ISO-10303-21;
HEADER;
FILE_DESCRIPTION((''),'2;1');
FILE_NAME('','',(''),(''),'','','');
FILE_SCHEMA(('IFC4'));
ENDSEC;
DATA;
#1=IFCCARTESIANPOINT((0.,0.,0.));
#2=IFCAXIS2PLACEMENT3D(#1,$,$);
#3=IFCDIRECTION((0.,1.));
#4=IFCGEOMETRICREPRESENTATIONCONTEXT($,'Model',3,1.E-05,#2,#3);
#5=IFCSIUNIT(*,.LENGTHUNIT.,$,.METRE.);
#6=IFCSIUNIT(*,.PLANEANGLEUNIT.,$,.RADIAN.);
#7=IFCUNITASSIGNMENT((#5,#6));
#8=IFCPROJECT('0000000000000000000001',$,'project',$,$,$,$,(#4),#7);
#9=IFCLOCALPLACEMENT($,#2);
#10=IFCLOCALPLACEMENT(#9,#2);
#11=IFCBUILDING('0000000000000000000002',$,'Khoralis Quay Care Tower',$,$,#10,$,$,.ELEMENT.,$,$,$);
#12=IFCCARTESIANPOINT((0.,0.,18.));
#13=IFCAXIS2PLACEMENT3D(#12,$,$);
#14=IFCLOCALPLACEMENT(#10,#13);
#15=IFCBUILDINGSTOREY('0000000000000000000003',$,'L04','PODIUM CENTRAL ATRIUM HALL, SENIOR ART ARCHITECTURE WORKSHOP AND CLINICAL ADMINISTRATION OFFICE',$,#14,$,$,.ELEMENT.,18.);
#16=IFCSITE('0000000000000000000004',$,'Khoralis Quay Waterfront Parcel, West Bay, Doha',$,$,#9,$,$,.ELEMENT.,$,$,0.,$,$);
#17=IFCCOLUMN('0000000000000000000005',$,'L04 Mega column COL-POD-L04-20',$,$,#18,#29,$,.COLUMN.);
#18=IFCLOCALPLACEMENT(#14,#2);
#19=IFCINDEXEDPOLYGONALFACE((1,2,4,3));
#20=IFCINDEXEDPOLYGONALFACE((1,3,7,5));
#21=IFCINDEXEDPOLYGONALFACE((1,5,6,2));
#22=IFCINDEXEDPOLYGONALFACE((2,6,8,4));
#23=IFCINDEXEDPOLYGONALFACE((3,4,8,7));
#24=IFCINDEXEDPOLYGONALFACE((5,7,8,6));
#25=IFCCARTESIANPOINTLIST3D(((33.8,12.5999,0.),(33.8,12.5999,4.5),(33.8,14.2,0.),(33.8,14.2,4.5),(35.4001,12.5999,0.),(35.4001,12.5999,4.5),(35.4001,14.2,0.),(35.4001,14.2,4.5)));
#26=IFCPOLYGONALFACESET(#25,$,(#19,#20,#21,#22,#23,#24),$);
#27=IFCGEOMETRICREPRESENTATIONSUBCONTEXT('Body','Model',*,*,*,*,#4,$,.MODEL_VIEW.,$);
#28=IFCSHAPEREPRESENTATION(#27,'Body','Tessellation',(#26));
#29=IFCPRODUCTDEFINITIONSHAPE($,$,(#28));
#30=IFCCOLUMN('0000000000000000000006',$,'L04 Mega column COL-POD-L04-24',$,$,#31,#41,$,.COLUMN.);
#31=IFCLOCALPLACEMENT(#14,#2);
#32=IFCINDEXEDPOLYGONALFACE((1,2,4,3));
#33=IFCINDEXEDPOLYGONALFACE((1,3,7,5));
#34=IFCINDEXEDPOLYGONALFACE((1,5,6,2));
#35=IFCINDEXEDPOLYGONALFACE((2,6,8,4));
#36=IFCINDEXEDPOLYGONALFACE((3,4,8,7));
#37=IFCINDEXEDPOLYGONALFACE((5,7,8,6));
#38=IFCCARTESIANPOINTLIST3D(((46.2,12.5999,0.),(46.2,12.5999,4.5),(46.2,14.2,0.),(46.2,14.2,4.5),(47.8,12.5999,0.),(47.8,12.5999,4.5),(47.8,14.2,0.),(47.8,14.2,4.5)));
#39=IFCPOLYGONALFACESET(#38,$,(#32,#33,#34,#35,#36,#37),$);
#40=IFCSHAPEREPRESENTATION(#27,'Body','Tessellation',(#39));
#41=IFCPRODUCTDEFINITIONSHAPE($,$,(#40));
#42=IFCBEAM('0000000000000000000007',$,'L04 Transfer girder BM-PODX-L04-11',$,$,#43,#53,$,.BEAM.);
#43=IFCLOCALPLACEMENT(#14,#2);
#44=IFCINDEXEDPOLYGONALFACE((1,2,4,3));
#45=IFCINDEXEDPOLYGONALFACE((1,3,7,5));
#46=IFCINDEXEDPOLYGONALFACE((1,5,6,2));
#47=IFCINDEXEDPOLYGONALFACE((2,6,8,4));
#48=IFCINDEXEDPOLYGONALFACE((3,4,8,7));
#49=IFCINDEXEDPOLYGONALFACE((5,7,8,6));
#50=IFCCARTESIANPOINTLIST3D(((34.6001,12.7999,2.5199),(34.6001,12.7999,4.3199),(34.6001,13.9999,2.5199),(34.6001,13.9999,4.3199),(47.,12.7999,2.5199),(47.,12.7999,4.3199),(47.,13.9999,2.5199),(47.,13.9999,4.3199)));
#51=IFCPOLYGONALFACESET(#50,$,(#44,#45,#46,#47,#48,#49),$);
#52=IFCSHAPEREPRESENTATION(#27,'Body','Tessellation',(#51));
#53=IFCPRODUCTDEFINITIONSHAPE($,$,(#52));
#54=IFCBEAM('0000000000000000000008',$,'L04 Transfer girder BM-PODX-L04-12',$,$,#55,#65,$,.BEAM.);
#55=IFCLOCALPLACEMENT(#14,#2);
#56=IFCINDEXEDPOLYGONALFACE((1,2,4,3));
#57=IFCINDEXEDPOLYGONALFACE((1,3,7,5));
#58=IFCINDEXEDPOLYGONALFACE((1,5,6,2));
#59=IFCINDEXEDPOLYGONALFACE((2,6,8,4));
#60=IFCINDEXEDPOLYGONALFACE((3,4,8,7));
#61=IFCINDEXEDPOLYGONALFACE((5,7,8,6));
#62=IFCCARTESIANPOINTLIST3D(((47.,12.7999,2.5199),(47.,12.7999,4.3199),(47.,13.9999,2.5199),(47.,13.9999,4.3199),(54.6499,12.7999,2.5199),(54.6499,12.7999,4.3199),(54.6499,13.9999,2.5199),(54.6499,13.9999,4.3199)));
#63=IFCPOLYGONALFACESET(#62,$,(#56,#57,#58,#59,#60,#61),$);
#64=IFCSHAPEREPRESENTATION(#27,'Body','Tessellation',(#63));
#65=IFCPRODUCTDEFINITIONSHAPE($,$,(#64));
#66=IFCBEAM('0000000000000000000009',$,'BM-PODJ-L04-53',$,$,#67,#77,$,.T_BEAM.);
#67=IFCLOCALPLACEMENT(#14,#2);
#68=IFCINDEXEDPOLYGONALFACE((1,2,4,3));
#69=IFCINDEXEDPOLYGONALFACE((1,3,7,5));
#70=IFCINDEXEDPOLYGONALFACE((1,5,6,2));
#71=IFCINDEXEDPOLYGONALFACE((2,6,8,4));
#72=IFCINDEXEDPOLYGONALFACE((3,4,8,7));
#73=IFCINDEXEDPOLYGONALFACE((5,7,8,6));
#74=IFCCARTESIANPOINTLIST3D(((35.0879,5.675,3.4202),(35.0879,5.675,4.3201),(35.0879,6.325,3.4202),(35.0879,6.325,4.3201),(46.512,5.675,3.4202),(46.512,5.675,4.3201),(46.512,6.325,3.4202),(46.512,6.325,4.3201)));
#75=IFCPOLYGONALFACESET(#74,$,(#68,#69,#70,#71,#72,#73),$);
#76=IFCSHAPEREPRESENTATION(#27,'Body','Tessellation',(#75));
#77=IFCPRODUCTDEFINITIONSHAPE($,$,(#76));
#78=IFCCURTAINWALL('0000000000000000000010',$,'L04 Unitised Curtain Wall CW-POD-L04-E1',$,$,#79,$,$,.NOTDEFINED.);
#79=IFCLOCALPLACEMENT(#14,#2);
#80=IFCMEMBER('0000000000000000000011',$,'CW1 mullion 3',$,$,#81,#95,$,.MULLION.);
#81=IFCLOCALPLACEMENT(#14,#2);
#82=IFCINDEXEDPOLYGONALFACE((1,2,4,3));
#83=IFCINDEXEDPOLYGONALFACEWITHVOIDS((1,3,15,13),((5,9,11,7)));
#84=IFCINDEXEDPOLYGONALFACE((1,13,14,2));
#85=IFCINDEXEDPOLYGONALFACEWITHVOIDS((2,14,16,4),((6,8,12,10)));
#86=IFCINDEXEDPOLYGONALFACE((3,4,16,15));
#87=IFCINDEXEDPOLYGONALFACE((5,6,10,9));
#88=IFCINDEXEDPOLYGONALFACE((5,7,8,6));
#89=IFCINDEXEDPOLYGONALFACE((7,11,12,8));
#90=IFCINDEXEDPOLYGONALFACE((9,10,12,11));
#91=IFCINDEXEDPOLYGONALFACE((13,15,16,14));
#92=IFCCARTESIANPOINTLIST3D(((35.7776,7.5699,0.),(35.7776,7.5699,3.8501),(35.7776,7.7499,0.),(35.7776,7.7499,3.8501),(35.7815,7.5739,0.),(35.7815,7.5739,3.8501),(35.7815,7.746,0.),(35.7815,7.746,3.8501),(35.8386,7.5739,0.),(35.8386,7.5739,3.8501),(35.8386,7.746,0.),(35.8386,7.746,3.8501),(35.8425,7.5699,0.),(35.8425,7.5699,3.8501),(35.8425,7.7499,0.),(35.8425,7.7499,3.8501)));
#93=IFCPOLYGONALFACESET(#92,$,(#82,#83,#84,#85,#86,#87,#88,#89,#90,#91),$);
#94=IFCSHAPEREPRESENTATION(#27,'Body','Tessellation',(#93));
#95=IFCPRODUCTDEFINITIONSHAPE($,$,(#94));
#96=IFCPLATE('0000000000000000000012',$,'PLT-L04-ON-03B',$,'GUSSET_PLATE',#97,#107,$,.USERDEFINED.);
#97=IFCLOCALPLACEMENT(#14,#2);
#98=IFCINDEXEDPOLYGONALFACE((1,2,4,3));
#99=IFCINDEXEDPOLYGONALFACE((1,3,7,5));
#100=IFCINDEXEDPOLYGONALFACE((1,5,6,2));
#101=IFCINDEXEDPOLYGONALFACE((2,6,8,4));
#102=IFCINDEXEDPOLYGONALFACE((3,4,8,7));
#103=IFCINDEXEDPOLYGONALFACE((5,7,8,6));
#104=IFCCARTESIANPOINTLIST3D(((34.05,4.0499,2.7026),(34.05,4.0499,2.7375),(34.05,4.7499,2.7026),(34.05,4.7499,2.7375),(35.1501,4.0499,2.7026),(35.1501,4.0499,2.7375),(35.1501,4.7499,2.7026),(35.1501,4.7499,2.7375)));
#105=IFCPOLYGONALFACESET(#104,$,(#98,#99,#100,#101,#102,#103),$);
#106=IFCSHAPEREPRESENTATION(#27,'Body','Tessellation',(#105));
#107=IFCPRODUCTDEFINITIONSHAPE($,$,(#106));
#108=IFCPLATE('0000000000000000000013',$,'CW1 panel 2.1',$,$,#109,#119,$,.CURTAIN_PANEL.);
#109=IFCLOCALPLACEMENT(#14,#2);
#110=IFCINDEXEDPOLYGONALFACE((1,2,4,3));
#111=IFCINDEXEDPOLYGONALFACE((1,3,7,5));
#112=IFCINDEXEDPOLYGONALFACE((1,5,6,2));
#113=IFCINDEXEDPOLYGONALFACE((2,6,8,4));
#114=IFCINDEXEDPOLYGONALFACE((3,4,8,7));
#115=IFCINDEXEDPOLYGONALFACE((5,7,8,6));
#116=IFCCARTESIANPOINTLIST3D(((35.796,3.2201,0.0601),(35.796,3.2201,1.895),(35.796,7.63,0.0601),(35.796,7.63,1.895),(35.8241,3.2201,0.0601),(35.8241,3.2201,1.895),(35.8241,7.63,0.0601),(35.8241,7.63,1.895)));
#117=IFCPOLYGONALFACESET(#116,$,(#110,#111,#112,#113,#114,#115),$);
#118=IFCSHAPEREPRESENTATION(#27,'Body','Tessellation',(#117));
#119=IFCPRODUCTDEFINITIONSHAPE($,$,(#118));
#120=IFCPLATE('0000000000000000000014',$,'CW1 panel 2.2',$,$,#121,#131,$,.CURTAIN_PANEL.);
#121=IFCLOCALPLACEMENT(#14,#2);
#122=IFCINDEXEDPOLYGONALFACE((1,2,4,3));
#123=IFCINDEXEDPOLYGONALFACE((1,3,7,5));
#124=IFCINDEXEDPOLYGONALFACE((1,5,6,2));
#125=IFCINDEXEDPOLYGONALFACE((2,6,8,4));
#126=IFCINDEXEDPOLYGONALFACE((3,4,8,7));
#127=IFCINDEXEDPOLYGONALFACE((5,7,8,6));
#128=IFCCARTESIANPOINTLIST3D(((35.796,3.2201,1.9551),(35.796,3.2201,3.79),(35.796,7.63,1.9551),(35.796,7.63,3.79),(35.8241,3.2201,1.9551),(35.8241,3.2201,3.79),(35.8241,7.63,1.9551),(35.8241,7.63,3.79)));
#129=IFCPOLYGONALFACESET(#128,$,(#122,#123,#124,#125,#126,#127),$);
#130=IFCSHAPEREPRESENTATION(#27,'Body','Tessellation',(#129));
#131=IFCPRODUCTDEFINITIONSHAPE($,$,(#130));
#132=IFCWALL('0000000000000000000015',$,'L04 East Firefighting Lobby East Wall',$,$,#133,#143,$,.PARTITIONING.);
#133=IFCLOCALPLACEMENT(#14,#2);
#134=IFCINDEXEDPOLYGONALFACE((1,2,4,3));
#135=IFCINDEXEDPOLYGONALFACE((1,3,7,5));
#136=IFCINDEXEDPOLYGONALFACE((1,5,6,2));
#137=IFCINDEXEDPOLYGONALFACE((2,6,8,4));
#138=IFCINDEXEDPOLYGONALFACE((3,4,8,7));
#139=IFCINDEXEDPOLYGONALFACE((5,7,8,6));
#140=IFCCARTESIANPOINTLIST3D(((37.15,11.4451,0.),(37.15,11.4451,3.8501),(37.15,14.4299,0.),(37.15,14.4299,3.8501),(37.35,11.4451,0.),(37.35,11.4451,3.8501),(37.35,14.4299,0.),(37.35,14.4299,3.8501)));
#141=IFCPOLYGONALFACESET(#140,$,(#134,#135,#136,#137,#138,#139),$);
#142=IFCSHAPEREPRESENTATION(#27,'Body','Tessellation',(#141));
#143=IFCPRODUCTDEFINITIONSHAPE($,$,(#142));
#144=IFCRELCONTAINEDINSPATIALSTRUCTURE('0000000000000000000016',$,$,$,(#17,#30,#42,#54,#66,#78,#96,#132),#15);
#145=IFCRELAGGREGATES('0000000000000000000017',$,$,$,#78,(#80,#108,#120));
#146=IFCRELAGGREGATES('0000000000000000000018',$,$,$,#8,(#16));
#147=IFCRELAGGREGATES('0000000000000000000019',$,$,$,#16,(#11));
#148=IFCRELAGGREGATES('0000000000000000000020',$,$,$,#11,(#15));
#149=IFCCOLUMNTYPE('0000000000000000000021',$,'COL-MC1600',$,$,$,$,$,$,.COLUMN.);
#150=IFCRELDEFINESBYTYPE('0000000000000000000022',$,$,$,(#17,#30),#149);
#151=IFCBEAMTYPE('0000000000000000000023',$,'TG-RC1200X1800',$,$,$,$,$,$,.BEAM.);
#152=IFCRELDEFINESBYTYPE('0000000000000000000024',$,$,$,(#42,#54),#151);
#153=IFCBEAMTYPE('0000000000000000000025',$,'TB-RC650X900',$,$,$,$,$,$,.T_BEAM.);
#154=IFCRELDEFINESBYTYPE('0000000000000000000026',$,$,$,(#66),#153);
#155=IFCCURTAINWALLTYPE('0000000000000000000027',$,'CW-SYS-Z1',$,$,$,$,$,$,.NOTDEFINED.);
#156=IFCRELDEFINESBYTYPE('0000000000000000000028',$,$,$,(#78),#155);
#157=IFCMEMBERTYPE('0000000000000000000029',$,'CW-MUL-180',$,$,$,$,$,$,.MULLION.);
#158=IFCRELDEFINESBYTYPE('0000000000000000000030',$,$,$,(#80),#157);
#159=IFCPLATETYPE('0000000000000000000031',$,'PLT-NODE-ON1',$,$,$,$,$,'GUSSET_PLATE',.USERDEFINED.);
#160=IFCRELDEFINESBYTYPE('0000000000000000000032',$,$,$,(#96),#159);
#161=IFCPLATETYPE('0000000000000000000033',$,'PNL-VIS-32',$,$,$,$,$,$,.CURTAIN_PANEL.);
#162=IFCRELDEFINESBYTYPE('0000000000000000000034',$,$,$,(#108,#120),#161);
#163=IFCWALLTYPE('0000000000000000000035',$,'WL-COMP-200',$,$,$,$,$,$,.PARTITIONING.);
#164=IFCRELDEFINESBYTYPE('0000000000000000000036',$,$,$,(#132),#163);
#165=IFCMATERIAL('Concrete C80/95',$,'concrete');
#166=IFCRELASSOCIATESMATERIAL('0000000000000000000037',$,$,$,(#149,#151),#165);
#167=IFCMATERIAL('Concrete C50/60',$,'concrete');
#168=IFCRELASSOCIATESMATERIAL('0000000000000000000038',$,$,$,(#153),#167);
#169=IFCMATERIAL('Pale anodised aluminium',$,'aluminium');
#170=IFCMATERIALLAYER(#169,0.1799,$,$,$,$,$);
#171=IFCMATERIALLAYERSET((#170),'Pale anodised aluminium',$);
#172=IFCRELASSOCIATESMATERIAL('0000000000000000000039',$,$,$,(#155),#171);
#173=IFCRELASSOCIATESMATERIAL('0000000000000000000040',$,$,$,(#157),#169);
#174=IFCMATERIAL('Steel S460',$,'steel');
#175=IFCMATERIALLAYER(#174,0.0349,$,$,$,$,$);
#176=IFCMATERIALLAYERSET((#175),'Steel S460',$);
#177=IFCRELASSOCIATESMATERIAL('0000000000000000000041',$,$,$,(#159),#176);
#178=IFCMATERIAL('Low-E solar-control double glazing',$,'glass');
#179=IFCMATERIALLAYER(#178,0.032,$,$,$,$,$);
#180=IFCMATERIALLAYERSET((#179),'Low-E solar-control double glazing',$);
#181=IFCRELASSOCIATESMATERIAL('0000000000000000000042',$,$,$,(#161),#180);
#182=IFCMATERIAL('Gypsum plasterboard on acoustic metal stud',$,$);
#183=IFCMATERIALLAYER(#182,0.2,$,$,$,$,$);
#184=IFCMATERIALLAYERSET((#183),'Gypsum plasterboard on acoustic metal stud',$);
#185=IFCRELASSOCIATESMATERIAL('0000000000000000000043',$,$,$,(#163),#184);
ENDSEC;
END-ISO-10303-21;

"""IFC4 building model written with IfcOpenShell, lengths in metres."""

from ifc_helpers import new_model, si_unit, direction, frame, frame_2d, origin, origin_2d, place, context, subcontext, project, spatial, rectangle, hollow_rectangle, extrude, source, transform, mapped, material, layer, layer_set, material_profile, profile_set, type_object, element, aggregate, save


model = new_model("IFC4")

# Units and contexts
model_context = context("Model", 3, precision=1e-05, world=origin(), true_north=direction((0.0, 1.0)))
body_context = subcontext(model_context, "Body", "Model", "MODEL_VIEW")
ifc_project = project(units=[si_unit("LENGTHUNIT", "METRE"), si_unit("PLANEANGLEUNIT", "RADIAN")], contexts=[model_context])

# Site, building, storey
site_placement = place(None, origin())
site = spatial("IfcSite", under=ifc_project, at=site_placement, Name="Khoralis Quay Waterfront Parcel, West Bay, Doha", CompositionType="ELEMENT", RefElevation=0.0)
building_placement = place(site_placement, origin())
building = spatial("IfcBuilding", under=site, at=building_placement, Name="Khoralis Quay Care Tower", CompositionType="ELEMENT")
storey_placement = place(building_placement, frame((0.0, 0.0, 18.0)))
storey = spatial("IfcBuildingStorey", under=building, at=storey_placement, Name="L04", Description="PODIUM CENTRAL ATRIUM HALL, SENIOR ART ARCHITECTURE WORKSHOP AND CLINICAL ADMINISTRATION OFFICE", CompositionType="ELEMENT", Elevation=18.0)

# Columns
ifc_material_1 = material(Name="Concrete C80/95", Category="concrete")
ifc_material_profile_1 = material_profile(ifc_material_1, rectangle(XDim=1.6001, YDim=1.6001, at=origin_2d()), Name="Concrete C80/95")
ifc_profile_set_1 = profile_set([ifc_material_profile_1], Name="Concrete C80/95")
column_type = type_object("IfcColumnType", Name="COL-MC1600", PredefinedType="COLUMN", material=ifc_profile_set_1)
shared_shape_1 = source(origin(), body_context, "Body", "SweptSolid", [
    extrude(rectangle(XDim=1.6001, YDim=1.6001, at=origin_2d()), origin(), (0.0, 0.0, 1.0), 4.5),
])
for number, where, z_axis, x_axis, name in (
    (1, (34.6001, 13.3999, 0.0), (0.0, 0.0, 1.0), (1.0, 0.0, 0.0), "L04 Mega column COL-POD-L04-20"),
    (2, (47.0, 13.3999, 0.0), (0.0, 0.0, 1.0), (1.0, 0.0, 0.0), "L04 Mega column COL-POD-L04-24"),
):
    element("IfcColumn", number, at=place(storey_placement, frame(where, z_axis=z_axis, x_axis=x_axis)), inside=storey, type_object=column_type, Name=name, PredefinedType="COLUMN", context=body_context, shape_type="MappedRepresentation", body=[
        mapped(shared_shape_1, transform((0.0, 0.0, 0.0), scale=1.0)),
    ])

# Beams
ifc_material_profile_2 = material_profile(ifc_material_1, rectangle(XDim=1.2, YDim=1.8, at=origin_2d()), Name="Concrete C80/95")
ifc_profile_set_2 = profile_set([ifc_material_profile_2], Name="Concrete C80/95")
beam_type_1 = type_object("IfcBeamType", Name="TG-RC1200X1800", PredefinedType="BEAM", material=ifc_profile_set_2)
shared_shape_2 = source(origin(), body_context, "Body", "SweptSolid", [
    extrude(rectangle(XDim=1.2, YDim=1.8, at=origin_2d()), origin(), (0.0, 0.0, 1.0), 12.3999),
])
beam_1_placement = place(storey_placement, frame((34.6001, 13.3999, 3.4199), z_axis=(1.0, 0.0, 0.0), x_axis=(0.0, 1.0, 0.0)))
element("IfcBeam", 3, at=beam_1_placement, inside=storey, type_object=beam_type_1, Name="L04 Transfer girder BM-PODX-L04-11", PredefinedType="BEAM", context=body_context, shape_type="MappedRepresentation", body=[
    mapped(shared_shape_2, transform((0.0, 0.0, 0.0), scale=1.0)),
])
shared_shape_3 = source(origin(), body_context, "Body", "SweptSolid", [
    extrude(rectangle(XDim=1.2, YDim=1.8, at=origin_2d()), origin(), (0.0, 0.0, 1.0), 7.6499),
])
beam_2_placement = place(storey_placement, frame((47.0, 13.3999, 3.4199), z_axis=(1.0, 0.0, 0.0), x_axis=(0.0, 1.0, 0.0)))
element("IfcBeam", 4, at=beam_2_placement, inside=storey, type_object=beam_type_1, Name="L04 Transfer girder BM-PODX-L04-12", PredefinedType="BEAM", context=body_context, shape_type="MappedRepresentation", body=[
    mapped(shared_shape_3, transform((0.0, 0.0, 0.0), scale=1.0)),
])
ifc_material_2 = material(Name="Concrete C50/60", Category="concrete")
ifc_material_profile_3 = material_profile(ifc_material_2, rectangle(XDim=0.6499, YDim=0.8999, at=origin_2d()), Name="Concrete C50/60")
ifc_profile_set_3 = profile_set([ifc_material_profile_3], Name="Concrete C50/60")
beam_type_2 = type_object("IfcBeamType", Name="TB-RC650X900", PredefinedType="T_BEAM", material=ifc_profile_set_3)
shared_shape_4 = source(origin(), body_context, "Body", "SweptSolid", [
    extrude(rectangle(XDim=0.6499, YDim=0.8999, at=origin_2d()), origin(), (0.0, 0.0, 1.0), 11.4241),
])
beam_3_placement = place(storey_placement, frame((35.0879, 6.0, 3.8701), z_axis=(1.0, 0.0, 0.0), x_axis=(0.0, 1.0, 0.0)))
element("IfcBeam", 5, at=beam_3_placement, inside=storey, type_object=beam_type_2, Name="BM-PODJ-L04-53", PredefinedType="T_BEAM", context=body_context, shape_type="MappedRepresentation", body=[
    mapped(shared_shape_4, transform((0.0, 0.0, 0.0), scale=1.0)),
])

# Curtain wall, member
ifc_material_3 = material(Name="Pale anodised aluminium", Category="aluminium")
ifc_layer_1 = layer(ifc_material_3, 0.1799)
ifc_layer_set_1 = layer_set([ifc_layer_1], Name="Pale anodised aluminium")
curtain_wall_type = type_object("IfcCurtainWallType", Name="CW-SYS-Z1", PredefinedType="NOTDEFINED", material=ifc_layer_set_1)
curtain_wall_placement = place(storey_placement, origin())
curtain_wall = element("IfcCurtainWall", 6, at=curtain_wall_placement, inside=storey, type_object=curtain_wall_type, Name="L04 Unitised Curtain Wall CW-POD-L04-E1", PredefinedType="NOTDEFINED")
ifc_material_profile_4 = material_profile(ifc_material_3, hollow_rectangle(XDim=0.0649, YDim=0.1799, WallThickness=0.0039, at=origin_2d()), Name="Pale anodised aluminium")
ifc_profile_set_4 = profile_set([ifc_material_profile_4], Name="Pale anodised aluminium")
member_type = type_object("IfcMemberType", Name="CW-MUL-180", PredefinedType="MULLION", material=ifc_profile_set_4)
shared_shape_5 = source(origin(), body_context, "Body", "SweptSolid", [
    extrude(hollow_rectangle(XDim=0.0649, YDim=0.1799, WallThickness=0.0039, at=origin_2d()), origin(), (0.0, 0.0, 1.0), 3.8501),
])
member_placement = place(storey_placement, frame((35.8101, 7.6599, 0.0), z_axis=(0.0, 0.0, 1.0), x_axis=(-1.0, 0.0, 0.0)))
member = element("IfcMember", 7, at=member_placement, type_object=member_type, Name="CW1 mullion 3", PredefinedType="MULLION", context=body_context, shape_type="MappedRepresentation", body=[
    mapped(shared_shape_5, transform((0.0, 0.0, 0.0), scale=1.0)),
])

# Plates
ifc_material_4 = material(Name="Steel S460", Category="steel")
ifc_layer_2 = layer(ifc_material_4, 0.0349)
ifc_layer_set_2 = layer_set([ifc_layer_2], Name="Steel S460")
plate_type_1 = type_object("IfcPlateType", Name="PLT-NODE-ON1", ElementType="GUSSET_PLATE", PredefinedType="USERDEFINED", material=ifc_layer_set_2)
shared_shape_6 = source(origin(), body_context, "Body", "SweptSolid", [
    extrude(rectangle(XDim=1.1001, YDim=0.7, at=origin_2d()), origin(), (0.0, 0.0, 1.0), 0.0349),
])
plate_1_placement = place(storey_placement, frame((34.6001, 4.3999, 2.7026), z_axis=(0.0, 0.0, 1.0), x_axis=(1.0, 0.0, 0.0)))
element("IfcPlate", 8, at=plate_1_placement, inside=storey, type_object=plate_type_1, Name="PLT-L04-ON-03B", ObjectType="GUSSET_PLATE", PredefinedType="USERDEFINED", context=body_context, shape_type="MappedRepresentation", body=[
    mapped(shared_shape_6, transform((0.0, 0.0, 0.0), scale=1.0)),
])
ifc_material_5 = material(Name="Low-E solar-control double glazing", Category="glass")
ifc_layer_3 = layer(ifc_material_5, 0.032)
ifc_layer_set_3 = layer_set([ifc_layer_3], Name="Low-E solar-control double glazing")
plate_type_2 = type_object("IfcPlateType", Name="PNL-VIS-32", PredefinedType="CURTAIN_PANEL", material=ifc_layer_set_3)
shared_shape_7 = source(origin(), body_context, "Body", "SweptSolid", [
    extrude(rectangle(XDim=4.4099, YDim=0.0281, at=origin_2d()), origin(), (0.0, 0.0, 1.0), 1.835),
])
plate_2_placement = place(storey_placement, frame((35.8101, 5.425, 0.0601), z_axis=(0.0, 0.0, 1.0), x_axis=(0.0, 1.0, 0.0)))
plate_2 = element("IfcPlate", 9, at=plate_2_placement, type_object=plate_type_2, Name="CW1 panel 2.1", PredefinedType="CURTAIN_PANEL", context=body_context, shape_type="MappedRepresentation", body=[
    mapped(shared_shape_7, transform((0.0, 0.0, 0.0), scale=1.0)),
])
plate_3_placement = place(storey_placement, frame((35.8101, 5.425, 1.9551), z_axis=(0.0, 0.0, 1.0), x_axis=(0.0, 1.0, 0.0)))
plate_3 = element("IfcPlate", 10, at=plate_3_placement, type_object=plate_type_2, Name="CW1 panel 2.2", PredefinedType="CURTAIN_PANEL", context=body_context, shape_type="MappedRepresentation", body=[
    mapped(shared_shape_7, transform((0.0, 0.0, 0.0), scale=1.0)),
])
aggregate(curtain_wall, [member, plate_2, plate_3])

# Wall
ifc_material_6 = material(Name="Gypsum plasterboard on acoustic metal stud")
ifc_layer_4 = layer(ifc_material_6, 0.2)
ifc_layer_set_4 = layer_set([ifc_layer_4], Name="Gypsum plasterboard on acoustic metal stud")
wall_type_1 = type_object("IfcWallType", Name="WL-COMP-200", PredefinedType="PARTITIONING", material=ifc_layer_set_4)
wall_1_placement = place(storey_placement, frame((37.25, 11.4451, 0.0), z_axis=(0.0, 0.0, 1.0), x_axis=(0.0, 1.0, 0.0)))
element("IfcWall", 11, at=wall_1_placement, inside=storey, type_object=wall_type_1, Name="L04 East Firefighting Lobby East Wall", PredefinedType="PARTITIONING", context=body_context, shape_type="SweptSolid", body=[
    extrude(rectangle(XDim=2.9849, YDim=0.2, at=frame_2d((1.4924, 0.0))), origin(), (0.0, 0.0, 1.0), 3.8501),
])

save(model, "model.ifc")
